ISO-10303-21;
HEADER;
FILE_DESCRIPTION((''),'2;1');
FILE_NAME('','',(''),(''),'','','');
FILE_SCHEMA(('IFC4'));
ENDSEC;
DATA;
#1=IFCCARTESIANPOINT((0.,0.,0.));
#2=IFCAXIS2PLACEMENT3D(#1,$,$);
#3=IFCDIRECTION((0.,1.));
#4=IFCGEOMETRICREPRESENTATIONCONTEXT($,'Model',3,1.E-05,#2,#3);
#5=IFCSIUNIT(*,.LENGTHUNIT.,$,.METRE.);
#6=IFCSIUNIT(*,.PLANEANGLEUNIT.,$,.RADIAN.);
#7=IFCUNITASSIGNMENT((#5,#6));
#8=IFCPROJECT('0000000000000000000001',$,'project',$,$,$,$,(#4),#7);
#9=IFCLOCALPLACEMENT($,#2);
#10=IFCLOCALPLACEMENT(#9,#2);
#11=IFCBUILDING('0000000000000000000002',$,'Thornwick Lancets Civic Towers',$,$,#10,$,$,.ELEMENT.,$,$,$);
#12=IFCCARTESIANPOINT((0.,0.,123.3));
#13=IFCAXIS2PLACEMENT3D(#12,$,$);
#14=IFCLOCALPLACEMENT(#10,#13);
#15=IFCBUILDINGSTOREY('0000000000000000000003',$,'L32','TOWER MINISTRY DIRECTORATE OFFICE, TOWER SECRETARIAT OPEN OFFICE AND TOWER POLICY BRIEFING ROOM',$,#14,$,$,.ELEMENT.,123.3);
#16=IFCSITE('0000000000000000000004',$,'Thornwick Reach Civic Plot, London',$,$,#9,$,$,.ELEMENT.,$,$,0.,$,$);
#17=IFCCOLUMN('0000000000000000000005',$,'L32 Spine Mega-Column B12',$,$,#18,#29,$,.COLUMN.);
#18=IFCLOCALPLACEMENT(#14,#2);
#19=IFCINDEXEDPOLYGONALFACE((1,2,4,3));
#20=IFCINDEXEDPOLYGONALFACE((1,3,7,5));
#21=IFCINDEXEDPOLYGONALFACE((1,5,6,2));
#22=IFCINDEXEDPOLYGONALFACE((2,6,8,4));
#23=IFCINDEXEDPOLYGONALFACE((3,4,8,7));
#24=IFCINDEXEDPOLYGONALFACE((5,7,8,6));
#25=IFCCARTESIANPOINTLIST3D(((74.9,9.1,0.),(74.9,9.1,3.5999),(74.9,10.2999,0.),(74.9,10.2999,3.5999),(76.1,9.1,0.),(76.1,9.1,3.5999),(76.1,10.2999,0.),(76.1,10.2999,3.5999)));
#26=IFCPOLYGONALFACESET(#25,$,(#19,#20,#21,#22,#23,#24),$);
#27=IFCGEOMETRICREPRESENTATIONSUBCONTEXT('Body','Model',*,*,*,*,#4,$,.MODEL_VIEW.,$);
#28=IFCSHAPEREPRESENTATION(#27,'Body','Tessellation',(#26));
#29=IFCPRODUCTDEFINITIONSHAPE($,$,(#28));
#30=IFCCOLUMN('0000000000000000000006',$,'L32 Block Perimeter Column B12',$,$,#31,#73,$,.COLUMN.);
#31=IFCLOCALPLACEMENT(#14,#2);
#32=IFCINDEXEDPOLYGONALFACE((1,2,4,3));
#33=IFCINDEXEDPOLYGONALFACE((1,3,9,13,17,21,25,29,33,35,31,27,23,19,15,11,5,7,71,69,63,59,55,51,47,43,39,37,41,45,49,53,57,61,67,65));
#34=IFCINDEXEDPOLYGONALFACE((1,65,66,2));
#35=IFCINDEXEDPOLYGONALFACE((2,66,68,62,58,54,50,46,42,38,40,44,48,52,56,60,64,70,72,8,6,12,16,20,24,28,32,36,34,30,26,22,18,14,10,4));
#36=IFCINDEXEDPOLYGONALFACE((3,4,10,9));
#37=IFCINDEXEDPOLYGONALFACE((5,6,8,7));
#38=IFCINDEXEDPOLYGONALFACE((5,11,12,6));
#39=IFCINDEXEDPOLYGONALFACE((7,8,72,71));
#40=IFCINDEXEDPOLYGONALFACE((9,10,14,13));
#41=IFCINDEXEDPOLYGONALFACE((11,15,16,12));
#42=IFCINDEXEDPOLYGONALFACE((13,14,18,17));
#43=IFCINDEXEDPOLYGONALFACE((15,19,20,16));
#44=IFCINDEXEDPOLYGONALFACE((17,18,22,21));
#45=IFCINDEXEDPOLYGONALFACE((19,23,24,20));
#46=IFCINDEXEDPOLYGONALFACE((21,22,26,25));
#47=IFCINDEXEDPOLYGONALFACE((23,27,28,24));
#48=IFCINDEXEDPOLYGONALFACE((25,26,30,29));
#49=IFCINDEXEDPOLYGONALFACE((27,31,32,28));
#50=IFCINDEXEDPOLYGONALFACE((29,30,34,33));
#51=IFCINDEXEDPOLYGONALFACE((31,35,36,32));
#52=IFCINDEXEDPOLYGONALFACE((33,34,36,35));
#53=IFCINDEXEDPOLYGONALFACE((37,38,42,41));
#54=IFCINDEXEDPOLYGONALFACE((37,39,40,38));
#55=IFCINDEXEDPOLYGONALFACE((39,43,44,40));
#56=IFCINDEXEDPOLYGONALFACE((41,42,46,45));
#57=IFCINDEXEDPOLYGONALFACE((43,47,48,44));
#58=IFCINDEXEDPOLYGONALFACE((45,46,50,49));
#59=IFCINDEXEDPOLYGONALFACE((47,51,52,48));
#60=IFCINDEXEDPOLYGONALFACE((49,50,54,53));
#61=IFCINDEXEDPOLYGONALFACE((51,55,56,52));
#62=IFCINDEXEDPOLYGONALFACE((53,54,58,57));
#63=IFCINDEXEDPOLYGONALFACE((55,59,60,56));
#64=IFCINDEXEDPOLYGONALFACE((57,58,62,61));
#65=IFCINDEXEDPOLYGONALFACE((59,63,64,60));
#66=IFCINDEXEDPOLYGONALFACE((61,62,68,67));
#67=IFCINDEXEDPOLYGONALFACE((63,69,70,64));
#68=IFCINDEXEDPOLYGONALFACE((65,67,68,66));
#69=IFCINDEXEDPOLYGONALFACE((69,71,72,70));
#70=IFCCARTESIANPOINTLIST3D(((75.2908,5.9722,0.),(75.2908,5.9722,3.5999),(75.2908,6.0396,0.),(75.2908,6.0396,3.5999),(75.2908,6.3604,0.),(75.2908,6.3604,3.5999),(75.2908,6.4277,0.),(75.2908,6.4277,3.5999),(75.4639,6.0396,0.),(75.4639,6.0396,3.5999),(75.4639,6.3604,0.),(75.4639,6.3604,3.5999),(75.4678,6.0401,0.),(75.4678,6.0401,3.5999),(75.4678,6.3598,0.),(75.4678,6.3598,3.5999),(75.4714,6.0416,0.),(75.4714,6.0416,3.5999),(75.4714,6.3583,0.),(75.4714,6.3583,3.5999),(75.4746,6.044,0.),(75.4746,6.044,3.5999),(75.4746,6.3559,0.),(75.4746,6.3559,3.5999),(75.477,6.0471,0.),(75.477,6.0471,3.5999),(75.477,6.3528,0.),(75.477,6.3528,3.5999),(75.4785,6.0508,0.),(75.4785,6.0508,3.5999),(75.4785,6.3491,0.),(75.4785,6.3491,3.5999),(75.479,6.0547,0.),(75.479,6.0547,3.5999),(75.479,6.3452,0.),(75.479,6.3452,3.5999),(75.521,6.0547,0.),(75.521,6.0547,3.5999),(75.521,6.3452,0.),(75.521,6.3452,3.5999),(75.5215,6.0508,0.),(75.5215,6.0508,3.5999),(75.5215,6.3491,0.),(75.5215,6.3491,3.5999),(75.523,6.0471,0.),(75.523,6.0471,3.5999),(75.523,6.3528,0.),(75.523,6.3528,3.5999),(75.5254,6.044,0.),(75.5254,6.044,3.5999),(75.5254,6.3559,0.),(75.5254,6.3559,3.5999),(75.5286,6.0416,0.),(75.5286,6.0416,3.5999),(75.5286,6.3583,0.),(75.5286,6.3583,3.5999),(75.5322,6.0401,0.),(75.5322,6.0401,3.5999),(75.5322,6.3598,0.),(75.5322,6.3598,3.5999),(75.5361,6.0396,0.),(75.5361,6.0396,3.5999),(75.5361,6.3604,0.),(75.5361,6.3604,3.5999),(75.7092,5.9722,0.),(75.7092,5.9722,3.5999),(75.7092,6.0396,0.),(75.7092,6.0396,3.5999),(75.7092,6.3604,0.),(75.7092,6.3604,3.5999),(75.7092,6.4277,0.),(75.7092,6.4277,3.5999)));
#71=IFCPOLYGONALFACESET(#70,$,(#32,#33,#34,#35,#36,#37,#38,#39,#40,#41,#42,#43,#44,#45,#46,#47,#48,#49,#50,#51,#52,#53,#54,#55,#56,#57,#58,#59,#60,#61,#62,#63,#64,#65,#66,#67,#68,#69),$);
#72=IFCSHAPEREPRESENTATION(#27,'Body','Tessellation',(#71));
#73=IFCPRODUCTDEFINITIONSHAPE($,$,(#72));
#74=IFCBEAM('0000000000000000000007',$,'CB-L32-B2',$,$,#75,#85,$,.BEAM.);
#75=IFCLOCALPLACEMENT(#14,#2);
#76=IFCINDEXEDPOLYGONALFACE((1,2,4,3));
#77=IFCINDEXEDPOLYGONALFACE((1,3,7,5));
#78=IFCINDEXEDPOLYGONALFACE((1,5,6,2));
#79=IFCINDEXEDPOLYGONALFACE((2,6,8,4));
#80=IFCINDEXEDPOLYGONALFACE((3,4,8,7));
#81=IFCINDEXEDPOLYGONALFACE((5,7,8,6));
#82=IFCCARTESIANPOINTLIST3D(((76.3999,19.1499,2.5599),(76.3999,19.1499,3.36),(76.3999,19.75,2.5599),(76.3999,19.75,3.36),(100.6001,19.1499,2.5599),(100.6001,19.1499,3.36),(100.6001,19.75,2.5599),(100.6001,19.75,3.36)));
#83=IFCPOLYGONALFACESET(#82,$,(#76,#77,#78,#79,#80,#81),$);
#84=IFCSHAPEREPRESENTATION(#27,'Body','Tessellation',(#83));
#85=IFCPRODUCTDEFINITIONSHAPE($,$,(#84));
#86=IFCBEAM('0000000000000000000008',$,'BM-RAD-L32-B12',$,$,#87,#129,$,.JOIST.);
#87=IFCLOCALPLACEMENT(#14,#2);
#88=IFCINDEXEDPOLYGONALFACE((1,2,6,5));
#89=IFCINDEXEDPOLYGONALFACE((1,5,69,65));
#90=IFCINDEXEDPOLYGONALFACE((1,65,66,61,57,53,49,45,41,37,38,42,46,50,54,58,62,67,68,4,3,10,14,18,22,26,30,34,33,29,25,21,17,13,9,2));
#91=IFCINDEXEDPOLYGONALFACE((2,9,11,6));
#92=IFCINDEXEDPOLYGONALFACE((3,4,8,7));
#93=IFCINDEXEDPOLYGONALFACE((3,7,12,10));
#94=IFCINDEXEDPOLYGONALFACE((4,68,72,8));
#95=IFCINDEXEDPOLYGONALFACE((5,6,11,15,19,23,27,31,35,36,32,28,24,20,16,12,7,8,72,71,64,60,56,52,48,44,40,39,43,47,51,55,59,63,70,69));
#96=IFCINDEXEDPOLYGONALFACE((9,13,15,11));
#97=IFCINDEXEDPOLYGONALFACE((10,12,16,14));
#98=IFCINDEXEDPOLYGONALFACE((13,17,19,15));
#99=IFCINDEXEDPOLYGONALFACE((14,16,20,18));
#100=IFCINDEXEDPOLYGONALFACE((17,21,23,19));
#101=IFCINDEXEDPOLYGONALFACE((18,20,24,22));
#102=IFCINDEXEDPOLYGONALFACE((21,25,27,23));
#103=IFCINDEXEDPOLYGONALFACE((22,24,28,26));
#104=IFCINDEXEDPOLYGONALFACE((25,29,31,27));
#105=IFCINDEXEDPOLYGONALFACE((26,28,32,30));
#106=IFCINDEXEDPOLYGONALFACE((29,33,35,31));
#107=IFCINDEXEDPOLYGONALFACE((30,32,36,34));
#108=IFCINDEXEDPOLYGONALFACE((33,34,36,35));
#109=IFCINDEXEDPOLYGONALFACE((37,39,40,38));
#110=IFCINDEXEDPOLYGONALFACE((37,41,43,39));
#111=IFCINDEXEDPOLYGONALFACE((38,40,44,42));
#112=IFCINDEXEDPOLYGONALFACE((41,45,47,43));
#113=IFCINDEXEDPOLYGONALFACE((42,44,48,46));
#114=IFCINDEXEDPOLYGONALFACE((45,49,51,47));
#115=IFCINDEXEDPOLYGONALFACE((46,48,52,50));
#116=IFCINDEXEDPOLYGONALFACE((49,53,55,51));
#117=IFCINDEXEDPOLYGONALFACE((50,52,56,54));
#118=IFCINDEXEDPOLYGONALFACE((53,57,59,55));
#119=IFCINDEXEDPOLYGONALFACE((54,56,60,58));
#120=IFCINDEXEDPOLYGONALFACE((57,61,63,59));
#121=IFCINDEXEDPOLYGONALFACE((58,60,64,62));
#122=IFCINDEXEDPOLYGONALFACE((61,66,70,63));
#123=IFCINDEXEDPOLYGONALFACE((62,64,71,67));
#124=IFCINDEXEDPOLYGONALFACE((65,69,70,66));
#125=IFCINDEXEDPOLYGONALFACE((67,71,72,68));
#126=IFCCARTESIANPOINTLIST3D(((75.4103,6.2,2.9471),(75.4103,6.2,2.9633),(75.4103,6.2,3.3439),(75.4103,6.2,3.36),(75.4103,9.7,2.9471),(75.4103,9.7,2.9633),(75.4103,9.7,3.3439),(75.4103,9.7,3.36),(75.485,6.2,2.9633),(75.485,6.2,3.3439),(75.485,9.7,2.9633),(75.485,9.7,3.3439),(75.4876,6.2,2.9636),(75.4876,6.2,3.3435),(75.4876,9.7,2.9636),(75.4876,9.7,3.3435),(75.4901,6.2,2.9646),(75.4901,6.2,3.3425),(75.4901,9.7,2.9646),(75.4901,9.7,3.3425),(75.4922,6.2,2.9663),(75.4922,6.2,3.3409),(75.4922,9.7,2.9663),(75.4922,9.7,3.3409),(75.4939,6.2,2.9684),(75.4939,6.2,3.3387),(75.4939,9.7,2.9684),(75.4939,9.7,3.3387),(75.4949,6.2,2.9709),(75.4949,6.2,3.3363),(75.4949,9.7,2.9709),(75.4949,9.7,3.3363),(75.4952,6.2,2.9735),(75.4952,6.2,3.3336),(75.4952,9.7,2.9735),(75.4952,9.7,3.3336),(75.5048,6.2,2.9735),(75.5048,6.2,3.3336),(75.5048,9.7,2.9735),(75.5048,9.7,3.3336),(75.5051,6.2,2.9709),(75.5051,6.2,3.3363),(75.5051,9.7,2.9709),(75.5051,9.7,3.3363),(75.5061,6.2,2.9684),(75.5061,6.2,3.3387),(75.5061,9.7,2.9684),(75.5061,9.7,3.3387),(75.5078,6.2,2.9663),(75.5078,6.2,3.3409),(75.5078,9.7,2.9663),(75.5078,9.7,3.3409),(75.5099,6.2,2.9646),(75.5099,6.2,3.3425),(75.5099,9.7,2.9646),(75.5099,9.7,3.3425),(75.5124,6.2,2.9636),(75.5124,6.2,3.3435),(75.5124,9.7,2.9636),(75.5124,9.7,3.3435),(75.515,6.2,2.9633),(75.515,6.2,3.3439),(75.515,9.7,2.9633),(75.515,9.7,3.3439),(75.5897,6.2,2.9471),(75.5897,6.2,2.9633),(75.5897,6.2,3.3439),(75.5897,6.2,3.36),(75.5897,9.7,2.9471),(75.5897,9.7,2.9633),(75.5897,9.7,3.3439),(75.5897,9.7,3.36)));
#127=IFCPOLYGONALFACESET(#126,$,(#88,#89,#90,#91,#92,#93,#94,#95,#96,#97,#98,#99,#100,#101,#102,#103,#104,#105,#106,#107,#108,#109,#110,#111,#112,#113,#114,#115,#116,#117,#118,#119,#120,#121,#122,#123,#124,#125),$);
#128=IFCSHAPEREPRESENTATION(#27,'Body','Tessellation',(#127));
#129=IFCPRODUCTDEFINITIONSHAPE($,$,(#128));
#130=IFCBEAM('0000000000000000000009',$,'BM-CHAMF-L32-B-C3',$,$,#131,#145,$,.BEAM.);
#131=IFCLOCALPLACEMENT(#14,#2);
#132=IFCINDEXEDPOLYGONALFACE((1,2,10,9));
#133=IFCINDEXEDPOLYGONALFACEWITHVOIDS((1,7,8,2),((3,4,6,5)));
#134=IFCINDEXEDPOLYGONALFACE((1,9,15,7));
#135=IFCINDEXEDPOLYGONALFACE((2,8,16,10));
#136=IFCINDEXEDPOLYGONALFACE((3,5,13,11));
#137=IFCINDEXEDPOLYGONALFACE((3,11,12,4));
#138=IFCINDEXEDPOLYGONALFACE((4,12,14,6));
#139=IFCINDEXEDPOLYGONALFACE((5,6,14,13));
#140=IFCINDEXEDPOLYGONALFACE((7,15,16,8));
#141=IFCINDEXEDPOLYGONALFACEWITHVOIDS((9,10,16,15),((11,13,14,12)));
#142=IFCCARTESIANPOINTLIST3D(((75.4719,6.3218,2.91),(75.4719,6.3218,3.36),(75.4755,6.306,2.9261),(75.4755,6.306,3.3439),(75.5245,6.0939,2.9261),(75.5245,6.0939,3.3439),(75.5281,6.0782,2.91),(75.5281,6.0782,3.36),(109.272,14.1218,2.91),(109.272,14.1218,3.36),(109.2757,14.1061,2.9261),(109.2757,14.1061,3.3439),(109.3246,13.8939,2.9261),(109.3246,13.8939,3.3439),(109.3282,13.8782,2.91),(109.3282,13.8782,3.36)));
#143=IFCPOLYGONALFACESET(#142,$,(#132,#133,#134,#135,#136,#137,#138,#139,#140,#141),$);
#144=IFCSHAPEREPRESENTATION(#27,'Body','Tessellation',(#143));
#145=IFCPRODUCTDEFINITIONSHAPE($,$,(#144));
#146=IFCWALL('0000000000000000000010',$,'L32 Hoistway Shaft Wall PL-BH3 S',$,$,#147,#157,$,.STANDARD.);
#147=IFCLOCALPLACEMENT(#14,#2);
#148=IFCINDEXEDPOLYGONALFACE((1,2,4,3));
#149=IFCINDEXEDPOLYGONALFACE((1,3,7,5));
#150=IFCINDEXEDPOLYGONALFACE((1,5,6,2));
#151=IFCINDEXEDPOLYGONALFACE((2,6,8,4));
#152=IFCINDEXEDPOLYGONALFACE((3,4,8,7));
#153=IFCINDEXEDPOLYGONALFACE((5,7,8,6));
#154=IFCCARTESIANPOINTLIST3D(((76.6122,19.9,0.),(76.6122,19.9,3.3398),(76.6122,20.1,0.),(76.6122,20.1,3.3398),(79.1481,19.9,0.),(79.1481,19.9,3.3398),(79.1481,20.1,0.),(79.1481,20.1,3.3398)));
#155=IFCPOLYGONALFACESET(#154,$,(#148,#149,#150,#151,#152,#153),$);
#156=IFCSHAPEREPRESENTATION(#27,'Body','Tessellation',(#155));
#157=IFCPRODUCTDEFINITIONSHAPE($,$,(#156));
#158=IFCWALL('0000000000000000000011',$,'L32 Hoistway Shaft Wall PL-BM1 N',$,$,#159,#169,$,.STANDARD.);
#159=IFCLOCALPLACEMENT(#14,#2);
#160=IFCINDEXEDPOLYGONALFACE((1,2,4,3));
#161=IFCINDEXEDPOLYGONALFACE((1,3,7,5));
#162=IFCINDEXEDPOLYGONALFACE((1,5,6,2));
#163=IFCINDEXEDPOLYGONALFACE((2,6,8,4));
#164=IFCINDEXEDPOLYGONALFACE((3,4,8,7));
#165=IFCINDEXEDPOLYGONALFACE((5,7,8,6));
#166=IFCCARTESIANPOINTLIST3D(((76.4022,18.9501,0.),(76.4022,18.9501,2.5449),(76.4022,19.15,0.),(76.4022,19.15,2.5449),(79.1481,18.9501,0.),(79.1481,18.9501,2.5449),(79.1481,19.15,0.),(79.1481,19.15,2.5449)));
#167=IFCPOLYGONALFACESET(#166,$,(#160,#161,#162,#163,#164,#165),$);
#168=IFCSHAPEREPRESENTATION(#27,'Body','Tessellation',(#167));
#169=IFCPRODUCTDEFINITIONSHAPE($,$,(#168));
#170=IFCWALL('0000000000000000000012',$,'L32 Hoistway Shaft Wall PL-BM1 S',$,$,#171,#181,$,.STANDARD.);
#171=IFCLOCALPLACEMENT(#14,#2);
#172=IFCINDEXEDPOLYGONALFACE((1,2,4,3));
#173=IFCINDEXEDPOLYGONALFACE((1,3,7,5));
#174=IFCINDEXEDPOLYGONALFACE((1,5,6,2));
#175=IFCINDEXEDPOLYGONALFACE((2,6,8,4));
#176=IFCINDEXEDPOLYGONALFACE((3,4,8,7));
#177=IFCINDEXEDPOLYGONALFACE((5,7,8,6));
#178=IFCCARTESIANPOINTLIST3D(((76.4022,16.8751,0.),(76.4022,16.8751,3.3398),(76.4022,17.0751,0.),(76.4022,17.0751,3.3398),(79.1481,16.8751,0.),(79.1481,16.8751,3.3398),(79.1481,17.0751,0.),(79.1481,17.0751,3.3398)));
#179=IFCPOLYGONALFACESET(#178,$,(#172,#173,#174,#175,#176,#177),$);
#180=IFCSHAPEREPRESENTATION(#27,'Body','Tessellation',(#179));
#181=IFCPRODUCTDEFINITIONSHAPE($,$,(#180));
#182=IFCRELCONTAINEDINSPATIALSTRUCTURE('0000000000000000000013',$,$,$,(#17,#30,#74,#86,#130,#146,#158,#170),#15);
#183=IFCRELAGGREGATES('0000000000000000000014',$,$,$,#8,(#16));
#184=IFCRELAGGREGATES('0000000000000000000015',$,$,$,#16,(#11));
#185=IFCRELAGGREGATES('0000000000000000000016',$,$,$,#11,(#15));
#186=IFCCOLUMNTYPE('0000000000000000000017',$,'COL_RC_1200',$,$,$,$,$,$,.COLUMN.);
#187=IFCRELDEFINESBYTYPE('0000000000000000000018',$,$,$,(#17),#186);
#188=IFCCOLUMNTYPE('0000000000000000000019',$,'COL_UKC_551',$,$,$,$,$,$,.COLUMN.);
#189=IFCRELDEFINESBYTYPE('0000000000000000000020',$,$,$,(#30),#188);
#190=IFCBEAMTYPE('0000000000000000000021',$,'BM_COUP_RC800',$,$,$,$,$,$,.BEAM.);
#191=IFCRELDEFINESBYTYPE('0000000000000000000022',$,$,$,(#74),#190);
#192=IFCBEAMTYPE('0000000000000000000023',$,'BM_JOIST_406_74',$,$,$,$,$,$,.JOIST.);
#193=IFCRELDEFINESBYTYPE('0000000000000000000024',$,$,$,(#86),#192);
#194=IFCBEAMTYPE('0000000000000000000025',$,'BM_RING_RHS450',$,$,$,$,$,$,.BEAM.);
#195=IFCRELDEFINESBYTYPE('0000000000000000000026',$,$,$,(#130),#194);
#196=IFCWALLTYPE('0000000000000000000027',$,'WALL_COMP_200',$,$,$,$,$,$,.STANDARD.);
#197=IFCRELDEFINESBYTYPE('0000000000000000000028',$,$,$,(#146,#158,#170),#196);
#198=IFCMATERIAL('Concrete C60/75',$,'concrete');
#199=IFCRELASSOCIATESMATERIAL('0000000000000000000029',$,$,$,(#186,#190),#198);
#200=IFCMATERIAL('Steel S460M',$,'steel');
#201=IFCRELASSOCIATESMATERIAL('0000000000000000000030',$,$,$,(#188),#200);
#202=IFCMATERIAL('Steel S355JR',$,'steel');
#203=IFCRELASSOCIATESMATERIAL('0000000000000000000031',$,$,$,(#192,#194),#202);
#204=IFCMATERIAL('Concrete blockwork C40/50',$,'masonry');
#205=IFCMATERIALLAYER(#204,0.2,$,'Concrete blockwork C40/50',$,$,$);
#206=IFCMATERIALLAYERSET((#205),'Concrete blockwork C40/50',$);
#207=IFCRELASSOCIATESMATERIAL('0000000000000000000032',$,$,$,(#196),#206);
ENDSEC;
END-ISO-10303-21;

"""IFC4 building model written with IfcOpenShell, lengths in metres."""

from ifc_helpers import new_model, si_unit, direction, frame, frame_2d, origin, origin_2d, place, context, subcontext, project, spatial, rectangle, hollow_rectangle, i_section, extrude, material, layer, layer_set, material_profile, profile_set, type_object, element, save


model = new_model("IFC4")

# Units and contexts
model_context = context("Model", 3, precision=1e-05, world=origin(), true_north=direction((0.0, 1.0)))
body_context = subcontext(model_context, "Body", "Model", "MODEL_VIEW")
ifc_project = project(units=[si_unit("LENGTHUNIT", "METRE"), si_unit("PLANEANGLEUNIT", "RADIAN")], contexts=[model_context])

# Site, building, storey
site_placement = place(None, origin())
site = spatial("IfcSite", under=ifc_project, at=site_placement, Name="Thornwick Reach Civic Plot, London", CompositionType="ELEMENT", RefElevation=0.0)
building_placement = place(site_placement, origin())
building = spatial("IfcBuilding", under=site, at=building_placement, Name="Thornwick Lancets Civic Towers", CompositionType="ELEMENT")
storey_placement = place(building_placement, frame((0.0, 0.0, 123.3)))
storey = spatial("IfcBuildingStorey", under=building, at=storey_placement, Name="L32", Description="TOWER MINISTRY DIRECTORATE OFFICE, TOWER SECRETARIAT OPEN OFFICE AND TOWER POLICY BRIEFING ROOM", CompositionType="ELEMENT", Elevation=123.3)

# Columns
ifc_material_1 = material(Name="Concrete C60/75", Category="concrete")
ifc_material_profile_1 = material_profile(ifc_material_1, rectangle(XDim=1.2, YDim=1.2, at=origin_2d()), Name="RC 1200x1200")
ifc_profile_set_1 = profile_set([ifc_material_profile_1], Name="Concrete C60/75")
column_type_1 = type_object("IfcColumnType", Name="COL_RC_1200", PredefinedType="COLUMN", material=ifc_profile_set_1)
column_1_placement = place(storey_placement, frame((75.5, 9.7, 0.0), z_axis=(0.0, 0.0, 1.0), x_axis=(1.0, 0.0, 0.0)))
element("IfcColumn", 1, at=column_1_placement, inside=storey, type_object=column_type_1, Name="L32 Spine Mega-Column B12", PredefinedType="COLUMN", context=body_context, shape_type="SweptSolid", body=[
    extrude(rectangle(XDim=1.2, YDim=1.2, at=origin_2d()), origin(), (0.0, 0.0, 1.0), 3.5999),
])
ifc_material_2 = material(Name="Steel S460M", Category="steel")
ifc_material_profile_2 = material_profile(ifc_material_2, i_section(OverallWidth=0.4185, OverallDepth=0.4556, WebThickness=0.042, FlangeThickness=0.0674, FilletRadius=0.0151, at=origin_2d()), Name="UKC 356x406x551")
ifc_profile_set_2 = profile_set([ifc_material_profile_2], Name="Steel S460M")
column_type_2 = type_object("IfcColumnType", Name="COL_UKC_551", PredefinedType="COLUMN", material=ifc_profile_set_2)
column_2_placement = place(storey_placement, frame((75.5, 6.2, 0.0), z_axis=(0.0, 0.0, 1.0), x_axis=(1.0, 0.0, 0.0)))
element("IfcColumn", 2, at=column_2_placement, inside=storey, type_object=column_type_2, Name="L32 Block Perimeter Column B12", PredefinedType="COLUMN", context=body_context, shape_type="SweptSolid", body=[
    extrude(i_section(OverallWidth=0.4185, OverallDepth=0.4556, WebThickness=0.042, FlangeThickness=0.0674, FilletRadius=0.0151, at=origin_2d()), origin(), (0.0, 0.0, 1.0), 3.5999),
])

# Beams
ifc_material_profile_3 = material_profile(ifc_material_1, rectangle(XDim=0.6001, YDim=0.8, at=origin_2d()), Name="RC 600x800")
ifc_profile_set_3 = profile_set([ifc_material_profile_3], Name="Concrete C60/75")
beam_type_1 = type_object("IfcBeamType", Name="BM_COUP_RC800", PredefinedType="BEAM", material=ifc_profile_set_3)
beam_1_placement = place(storey_placement, frame((76.3999, 19.45, 2.96), z_axis=(1.0, 0.0, 0.0), x_axis=(0.0, 1.0, 0.0)))
element("IfcBeam", 3, at=beam_1_placement, inside=storey, type_object=beam_type_1, Name="CB-L32-B2", PredefinedType="BEAM", context=body_context, shape_type="SweptSolid", body=[
    extrude(rectangle(XDim=0.6001, YDim=0.8, at=origin_2d()), origin(), (0.0, 0.0, 1.0), 24.2002),
])
ifc_material_3 = material(Name="Steel S355JR", Category="steel")
ifc_material_profile_4 = material_profile(ifc_material_3, i_section(OverallWidth=0.1794, OverallDepth=0.4128, WebThickness=0.0095, FlangeThickness=0.0161, FilletRadius=0.0103, at=origin_2d()), Name="UKB 406x178x74")
ifc_profile_set_4 = profile_set([ifc_material_profile_4], Name="Steel S355JR")
beam_type_2 = type_object("IfcBeamType", Name="BM_JOIST_406_74", PredefinedType="JOIST", material=ifc_profile_set_4)
beam_2_placement = place(storey_placement, frame((75.5, 9.7, 3.1536), z_axis=(0.0, -1.0, 0.0), x_axis=(1.0, 0.0, 0.0)))
element("IfcBeam", 4, at=beam_2_placement, inside=storey, type_object=beam_type_2, Name="BM-RAD-L32-B12", PredefinedType="JOIST", context=body_context, shape_type="SweptSolid", body=[
    extrude(i_section(OverallWidth=0.1794, OverallDepth=0.4128, WebThickness=0.0095, FlangeThickness=0.0161, FilletRadius=0.0103, at=origin_2d()), origin(), (0.0, 0.0, 1.0), 3.5),
])
ifc_material_profile_5 = material_profile(ifc_material_3, hollow_rectangle(XDim=0.25, YDim=0.45, WallThickness=0.0161, at=origin_2d()), Name="RHS 450x250x16")
ifc_profile_set_5 = profile_set([ifc_material_profile_5], Name="Steel S355JR")
beam_type_3 = type_object("IfcBeamType", Name="BM_RING_RHS450", PredefinedType="BEAM", material=ifc_profile_set_5)
beam_3_placement = place(storey_placement, frame((75.5, 6.2, 3.135), z_axis=(0.974391, 0.224861, 0.0), x_axis=(-0.224861, 0.974391, 0.0)))
element("IfcBeam", 5, at=beam_3_placement, inside=storey, type_object=beam_type_3, Name="BM-CHAMF-L32-B-C3", PredefinedType="BEAM", context=body_context, shape_type="SweptSolid", body=[
    extrude(hollow_rectangle(XDim=0.25, YDim=0.45, WallThickness=0.0161, at=origin_2d()), origin(), (0.0, 0.0, 1.0), 34.6885),
])

# Walls
ifc_material_4 = material(Name="Concrete blockwork C40/50", Category="masonry")
ifc_layer_1 = layer(ifc_material_4, 0.2, Name="Concrete blockwork C40/50")
ifc_layer_set_1 = layer_set([ifc_layer_1], Name="Concrete blockwork C40/50")
wall_type_1 = type_object("IfcWallType", Name="WALL_COMP_200", PredefinedType="STANDARD", material=ifc_layer_set_1)
wall_1_placement = place(storey_placement, frame((76.6121, 20.0, 0.0), z_axis=(0.0, 0.0, 1.0), x_axis=(1.0, 0.0, 0.0)))
element("IfcWall", 6, at=wall_1_placement, inside=storey, type_object=wall_type_1, Name="L32 Hoistway Shaft Wall PL-BH3 S", PredefinedType="STANDARD", context=body_context, shape_type="SweptSolid", body=[
    extrude(rectangle(XDim=2.5359, YDim=0.2, at=frame_2d((1.2681, 0.0))), origin(), (0.0, 0.0, 1.0), 3.3398),
])
wall_2_placement = place(storey_placement, frame((76.4021, 19.05, 0.0), z_axis=(0.0, 0.0, 1.0), x_axis=(1.0, 0.0, 0.0)))
element("IfcWall", 7, at=wall_2_placement, inside=storey, type_object=wall_type_1, Name="L32 Hoistway Shaft Wall PL-BM1 N", PredefinedType="STANDARD", context=body_context, shape_type="SweptSolid", body=[
    extrude(rectangle(XDim=2.7458, YDim=0.2, at=frame_2d((1.373, 0.0))), origin(), (0.0, 0.0, 1.0), 2.5449),
])
wall_3_placement = place(storey_placement, frame((76.4021, 16.9751, 0.0), z_axis=(0.0, 0.0, 1.0), x_axis=(1.0, 0.0, 0.0)))
element("IfcWall", 8, at=wall_3_placement, inside=storey, type_object=wall_type_1, Name="L32 Hoistway Shaft Wall PL-BM1 S", PredefinedType="STANDARD", context=body_context, shape_type="SweptSolid", body=[
    extrude(rectangle(XDim=2.7458, YDim=0.2, at=frame_2d((1.373, 0.0))), origin(), (0.0, 0.0, 1.0), 3.3398),
])

save(model, "model.ifc")
